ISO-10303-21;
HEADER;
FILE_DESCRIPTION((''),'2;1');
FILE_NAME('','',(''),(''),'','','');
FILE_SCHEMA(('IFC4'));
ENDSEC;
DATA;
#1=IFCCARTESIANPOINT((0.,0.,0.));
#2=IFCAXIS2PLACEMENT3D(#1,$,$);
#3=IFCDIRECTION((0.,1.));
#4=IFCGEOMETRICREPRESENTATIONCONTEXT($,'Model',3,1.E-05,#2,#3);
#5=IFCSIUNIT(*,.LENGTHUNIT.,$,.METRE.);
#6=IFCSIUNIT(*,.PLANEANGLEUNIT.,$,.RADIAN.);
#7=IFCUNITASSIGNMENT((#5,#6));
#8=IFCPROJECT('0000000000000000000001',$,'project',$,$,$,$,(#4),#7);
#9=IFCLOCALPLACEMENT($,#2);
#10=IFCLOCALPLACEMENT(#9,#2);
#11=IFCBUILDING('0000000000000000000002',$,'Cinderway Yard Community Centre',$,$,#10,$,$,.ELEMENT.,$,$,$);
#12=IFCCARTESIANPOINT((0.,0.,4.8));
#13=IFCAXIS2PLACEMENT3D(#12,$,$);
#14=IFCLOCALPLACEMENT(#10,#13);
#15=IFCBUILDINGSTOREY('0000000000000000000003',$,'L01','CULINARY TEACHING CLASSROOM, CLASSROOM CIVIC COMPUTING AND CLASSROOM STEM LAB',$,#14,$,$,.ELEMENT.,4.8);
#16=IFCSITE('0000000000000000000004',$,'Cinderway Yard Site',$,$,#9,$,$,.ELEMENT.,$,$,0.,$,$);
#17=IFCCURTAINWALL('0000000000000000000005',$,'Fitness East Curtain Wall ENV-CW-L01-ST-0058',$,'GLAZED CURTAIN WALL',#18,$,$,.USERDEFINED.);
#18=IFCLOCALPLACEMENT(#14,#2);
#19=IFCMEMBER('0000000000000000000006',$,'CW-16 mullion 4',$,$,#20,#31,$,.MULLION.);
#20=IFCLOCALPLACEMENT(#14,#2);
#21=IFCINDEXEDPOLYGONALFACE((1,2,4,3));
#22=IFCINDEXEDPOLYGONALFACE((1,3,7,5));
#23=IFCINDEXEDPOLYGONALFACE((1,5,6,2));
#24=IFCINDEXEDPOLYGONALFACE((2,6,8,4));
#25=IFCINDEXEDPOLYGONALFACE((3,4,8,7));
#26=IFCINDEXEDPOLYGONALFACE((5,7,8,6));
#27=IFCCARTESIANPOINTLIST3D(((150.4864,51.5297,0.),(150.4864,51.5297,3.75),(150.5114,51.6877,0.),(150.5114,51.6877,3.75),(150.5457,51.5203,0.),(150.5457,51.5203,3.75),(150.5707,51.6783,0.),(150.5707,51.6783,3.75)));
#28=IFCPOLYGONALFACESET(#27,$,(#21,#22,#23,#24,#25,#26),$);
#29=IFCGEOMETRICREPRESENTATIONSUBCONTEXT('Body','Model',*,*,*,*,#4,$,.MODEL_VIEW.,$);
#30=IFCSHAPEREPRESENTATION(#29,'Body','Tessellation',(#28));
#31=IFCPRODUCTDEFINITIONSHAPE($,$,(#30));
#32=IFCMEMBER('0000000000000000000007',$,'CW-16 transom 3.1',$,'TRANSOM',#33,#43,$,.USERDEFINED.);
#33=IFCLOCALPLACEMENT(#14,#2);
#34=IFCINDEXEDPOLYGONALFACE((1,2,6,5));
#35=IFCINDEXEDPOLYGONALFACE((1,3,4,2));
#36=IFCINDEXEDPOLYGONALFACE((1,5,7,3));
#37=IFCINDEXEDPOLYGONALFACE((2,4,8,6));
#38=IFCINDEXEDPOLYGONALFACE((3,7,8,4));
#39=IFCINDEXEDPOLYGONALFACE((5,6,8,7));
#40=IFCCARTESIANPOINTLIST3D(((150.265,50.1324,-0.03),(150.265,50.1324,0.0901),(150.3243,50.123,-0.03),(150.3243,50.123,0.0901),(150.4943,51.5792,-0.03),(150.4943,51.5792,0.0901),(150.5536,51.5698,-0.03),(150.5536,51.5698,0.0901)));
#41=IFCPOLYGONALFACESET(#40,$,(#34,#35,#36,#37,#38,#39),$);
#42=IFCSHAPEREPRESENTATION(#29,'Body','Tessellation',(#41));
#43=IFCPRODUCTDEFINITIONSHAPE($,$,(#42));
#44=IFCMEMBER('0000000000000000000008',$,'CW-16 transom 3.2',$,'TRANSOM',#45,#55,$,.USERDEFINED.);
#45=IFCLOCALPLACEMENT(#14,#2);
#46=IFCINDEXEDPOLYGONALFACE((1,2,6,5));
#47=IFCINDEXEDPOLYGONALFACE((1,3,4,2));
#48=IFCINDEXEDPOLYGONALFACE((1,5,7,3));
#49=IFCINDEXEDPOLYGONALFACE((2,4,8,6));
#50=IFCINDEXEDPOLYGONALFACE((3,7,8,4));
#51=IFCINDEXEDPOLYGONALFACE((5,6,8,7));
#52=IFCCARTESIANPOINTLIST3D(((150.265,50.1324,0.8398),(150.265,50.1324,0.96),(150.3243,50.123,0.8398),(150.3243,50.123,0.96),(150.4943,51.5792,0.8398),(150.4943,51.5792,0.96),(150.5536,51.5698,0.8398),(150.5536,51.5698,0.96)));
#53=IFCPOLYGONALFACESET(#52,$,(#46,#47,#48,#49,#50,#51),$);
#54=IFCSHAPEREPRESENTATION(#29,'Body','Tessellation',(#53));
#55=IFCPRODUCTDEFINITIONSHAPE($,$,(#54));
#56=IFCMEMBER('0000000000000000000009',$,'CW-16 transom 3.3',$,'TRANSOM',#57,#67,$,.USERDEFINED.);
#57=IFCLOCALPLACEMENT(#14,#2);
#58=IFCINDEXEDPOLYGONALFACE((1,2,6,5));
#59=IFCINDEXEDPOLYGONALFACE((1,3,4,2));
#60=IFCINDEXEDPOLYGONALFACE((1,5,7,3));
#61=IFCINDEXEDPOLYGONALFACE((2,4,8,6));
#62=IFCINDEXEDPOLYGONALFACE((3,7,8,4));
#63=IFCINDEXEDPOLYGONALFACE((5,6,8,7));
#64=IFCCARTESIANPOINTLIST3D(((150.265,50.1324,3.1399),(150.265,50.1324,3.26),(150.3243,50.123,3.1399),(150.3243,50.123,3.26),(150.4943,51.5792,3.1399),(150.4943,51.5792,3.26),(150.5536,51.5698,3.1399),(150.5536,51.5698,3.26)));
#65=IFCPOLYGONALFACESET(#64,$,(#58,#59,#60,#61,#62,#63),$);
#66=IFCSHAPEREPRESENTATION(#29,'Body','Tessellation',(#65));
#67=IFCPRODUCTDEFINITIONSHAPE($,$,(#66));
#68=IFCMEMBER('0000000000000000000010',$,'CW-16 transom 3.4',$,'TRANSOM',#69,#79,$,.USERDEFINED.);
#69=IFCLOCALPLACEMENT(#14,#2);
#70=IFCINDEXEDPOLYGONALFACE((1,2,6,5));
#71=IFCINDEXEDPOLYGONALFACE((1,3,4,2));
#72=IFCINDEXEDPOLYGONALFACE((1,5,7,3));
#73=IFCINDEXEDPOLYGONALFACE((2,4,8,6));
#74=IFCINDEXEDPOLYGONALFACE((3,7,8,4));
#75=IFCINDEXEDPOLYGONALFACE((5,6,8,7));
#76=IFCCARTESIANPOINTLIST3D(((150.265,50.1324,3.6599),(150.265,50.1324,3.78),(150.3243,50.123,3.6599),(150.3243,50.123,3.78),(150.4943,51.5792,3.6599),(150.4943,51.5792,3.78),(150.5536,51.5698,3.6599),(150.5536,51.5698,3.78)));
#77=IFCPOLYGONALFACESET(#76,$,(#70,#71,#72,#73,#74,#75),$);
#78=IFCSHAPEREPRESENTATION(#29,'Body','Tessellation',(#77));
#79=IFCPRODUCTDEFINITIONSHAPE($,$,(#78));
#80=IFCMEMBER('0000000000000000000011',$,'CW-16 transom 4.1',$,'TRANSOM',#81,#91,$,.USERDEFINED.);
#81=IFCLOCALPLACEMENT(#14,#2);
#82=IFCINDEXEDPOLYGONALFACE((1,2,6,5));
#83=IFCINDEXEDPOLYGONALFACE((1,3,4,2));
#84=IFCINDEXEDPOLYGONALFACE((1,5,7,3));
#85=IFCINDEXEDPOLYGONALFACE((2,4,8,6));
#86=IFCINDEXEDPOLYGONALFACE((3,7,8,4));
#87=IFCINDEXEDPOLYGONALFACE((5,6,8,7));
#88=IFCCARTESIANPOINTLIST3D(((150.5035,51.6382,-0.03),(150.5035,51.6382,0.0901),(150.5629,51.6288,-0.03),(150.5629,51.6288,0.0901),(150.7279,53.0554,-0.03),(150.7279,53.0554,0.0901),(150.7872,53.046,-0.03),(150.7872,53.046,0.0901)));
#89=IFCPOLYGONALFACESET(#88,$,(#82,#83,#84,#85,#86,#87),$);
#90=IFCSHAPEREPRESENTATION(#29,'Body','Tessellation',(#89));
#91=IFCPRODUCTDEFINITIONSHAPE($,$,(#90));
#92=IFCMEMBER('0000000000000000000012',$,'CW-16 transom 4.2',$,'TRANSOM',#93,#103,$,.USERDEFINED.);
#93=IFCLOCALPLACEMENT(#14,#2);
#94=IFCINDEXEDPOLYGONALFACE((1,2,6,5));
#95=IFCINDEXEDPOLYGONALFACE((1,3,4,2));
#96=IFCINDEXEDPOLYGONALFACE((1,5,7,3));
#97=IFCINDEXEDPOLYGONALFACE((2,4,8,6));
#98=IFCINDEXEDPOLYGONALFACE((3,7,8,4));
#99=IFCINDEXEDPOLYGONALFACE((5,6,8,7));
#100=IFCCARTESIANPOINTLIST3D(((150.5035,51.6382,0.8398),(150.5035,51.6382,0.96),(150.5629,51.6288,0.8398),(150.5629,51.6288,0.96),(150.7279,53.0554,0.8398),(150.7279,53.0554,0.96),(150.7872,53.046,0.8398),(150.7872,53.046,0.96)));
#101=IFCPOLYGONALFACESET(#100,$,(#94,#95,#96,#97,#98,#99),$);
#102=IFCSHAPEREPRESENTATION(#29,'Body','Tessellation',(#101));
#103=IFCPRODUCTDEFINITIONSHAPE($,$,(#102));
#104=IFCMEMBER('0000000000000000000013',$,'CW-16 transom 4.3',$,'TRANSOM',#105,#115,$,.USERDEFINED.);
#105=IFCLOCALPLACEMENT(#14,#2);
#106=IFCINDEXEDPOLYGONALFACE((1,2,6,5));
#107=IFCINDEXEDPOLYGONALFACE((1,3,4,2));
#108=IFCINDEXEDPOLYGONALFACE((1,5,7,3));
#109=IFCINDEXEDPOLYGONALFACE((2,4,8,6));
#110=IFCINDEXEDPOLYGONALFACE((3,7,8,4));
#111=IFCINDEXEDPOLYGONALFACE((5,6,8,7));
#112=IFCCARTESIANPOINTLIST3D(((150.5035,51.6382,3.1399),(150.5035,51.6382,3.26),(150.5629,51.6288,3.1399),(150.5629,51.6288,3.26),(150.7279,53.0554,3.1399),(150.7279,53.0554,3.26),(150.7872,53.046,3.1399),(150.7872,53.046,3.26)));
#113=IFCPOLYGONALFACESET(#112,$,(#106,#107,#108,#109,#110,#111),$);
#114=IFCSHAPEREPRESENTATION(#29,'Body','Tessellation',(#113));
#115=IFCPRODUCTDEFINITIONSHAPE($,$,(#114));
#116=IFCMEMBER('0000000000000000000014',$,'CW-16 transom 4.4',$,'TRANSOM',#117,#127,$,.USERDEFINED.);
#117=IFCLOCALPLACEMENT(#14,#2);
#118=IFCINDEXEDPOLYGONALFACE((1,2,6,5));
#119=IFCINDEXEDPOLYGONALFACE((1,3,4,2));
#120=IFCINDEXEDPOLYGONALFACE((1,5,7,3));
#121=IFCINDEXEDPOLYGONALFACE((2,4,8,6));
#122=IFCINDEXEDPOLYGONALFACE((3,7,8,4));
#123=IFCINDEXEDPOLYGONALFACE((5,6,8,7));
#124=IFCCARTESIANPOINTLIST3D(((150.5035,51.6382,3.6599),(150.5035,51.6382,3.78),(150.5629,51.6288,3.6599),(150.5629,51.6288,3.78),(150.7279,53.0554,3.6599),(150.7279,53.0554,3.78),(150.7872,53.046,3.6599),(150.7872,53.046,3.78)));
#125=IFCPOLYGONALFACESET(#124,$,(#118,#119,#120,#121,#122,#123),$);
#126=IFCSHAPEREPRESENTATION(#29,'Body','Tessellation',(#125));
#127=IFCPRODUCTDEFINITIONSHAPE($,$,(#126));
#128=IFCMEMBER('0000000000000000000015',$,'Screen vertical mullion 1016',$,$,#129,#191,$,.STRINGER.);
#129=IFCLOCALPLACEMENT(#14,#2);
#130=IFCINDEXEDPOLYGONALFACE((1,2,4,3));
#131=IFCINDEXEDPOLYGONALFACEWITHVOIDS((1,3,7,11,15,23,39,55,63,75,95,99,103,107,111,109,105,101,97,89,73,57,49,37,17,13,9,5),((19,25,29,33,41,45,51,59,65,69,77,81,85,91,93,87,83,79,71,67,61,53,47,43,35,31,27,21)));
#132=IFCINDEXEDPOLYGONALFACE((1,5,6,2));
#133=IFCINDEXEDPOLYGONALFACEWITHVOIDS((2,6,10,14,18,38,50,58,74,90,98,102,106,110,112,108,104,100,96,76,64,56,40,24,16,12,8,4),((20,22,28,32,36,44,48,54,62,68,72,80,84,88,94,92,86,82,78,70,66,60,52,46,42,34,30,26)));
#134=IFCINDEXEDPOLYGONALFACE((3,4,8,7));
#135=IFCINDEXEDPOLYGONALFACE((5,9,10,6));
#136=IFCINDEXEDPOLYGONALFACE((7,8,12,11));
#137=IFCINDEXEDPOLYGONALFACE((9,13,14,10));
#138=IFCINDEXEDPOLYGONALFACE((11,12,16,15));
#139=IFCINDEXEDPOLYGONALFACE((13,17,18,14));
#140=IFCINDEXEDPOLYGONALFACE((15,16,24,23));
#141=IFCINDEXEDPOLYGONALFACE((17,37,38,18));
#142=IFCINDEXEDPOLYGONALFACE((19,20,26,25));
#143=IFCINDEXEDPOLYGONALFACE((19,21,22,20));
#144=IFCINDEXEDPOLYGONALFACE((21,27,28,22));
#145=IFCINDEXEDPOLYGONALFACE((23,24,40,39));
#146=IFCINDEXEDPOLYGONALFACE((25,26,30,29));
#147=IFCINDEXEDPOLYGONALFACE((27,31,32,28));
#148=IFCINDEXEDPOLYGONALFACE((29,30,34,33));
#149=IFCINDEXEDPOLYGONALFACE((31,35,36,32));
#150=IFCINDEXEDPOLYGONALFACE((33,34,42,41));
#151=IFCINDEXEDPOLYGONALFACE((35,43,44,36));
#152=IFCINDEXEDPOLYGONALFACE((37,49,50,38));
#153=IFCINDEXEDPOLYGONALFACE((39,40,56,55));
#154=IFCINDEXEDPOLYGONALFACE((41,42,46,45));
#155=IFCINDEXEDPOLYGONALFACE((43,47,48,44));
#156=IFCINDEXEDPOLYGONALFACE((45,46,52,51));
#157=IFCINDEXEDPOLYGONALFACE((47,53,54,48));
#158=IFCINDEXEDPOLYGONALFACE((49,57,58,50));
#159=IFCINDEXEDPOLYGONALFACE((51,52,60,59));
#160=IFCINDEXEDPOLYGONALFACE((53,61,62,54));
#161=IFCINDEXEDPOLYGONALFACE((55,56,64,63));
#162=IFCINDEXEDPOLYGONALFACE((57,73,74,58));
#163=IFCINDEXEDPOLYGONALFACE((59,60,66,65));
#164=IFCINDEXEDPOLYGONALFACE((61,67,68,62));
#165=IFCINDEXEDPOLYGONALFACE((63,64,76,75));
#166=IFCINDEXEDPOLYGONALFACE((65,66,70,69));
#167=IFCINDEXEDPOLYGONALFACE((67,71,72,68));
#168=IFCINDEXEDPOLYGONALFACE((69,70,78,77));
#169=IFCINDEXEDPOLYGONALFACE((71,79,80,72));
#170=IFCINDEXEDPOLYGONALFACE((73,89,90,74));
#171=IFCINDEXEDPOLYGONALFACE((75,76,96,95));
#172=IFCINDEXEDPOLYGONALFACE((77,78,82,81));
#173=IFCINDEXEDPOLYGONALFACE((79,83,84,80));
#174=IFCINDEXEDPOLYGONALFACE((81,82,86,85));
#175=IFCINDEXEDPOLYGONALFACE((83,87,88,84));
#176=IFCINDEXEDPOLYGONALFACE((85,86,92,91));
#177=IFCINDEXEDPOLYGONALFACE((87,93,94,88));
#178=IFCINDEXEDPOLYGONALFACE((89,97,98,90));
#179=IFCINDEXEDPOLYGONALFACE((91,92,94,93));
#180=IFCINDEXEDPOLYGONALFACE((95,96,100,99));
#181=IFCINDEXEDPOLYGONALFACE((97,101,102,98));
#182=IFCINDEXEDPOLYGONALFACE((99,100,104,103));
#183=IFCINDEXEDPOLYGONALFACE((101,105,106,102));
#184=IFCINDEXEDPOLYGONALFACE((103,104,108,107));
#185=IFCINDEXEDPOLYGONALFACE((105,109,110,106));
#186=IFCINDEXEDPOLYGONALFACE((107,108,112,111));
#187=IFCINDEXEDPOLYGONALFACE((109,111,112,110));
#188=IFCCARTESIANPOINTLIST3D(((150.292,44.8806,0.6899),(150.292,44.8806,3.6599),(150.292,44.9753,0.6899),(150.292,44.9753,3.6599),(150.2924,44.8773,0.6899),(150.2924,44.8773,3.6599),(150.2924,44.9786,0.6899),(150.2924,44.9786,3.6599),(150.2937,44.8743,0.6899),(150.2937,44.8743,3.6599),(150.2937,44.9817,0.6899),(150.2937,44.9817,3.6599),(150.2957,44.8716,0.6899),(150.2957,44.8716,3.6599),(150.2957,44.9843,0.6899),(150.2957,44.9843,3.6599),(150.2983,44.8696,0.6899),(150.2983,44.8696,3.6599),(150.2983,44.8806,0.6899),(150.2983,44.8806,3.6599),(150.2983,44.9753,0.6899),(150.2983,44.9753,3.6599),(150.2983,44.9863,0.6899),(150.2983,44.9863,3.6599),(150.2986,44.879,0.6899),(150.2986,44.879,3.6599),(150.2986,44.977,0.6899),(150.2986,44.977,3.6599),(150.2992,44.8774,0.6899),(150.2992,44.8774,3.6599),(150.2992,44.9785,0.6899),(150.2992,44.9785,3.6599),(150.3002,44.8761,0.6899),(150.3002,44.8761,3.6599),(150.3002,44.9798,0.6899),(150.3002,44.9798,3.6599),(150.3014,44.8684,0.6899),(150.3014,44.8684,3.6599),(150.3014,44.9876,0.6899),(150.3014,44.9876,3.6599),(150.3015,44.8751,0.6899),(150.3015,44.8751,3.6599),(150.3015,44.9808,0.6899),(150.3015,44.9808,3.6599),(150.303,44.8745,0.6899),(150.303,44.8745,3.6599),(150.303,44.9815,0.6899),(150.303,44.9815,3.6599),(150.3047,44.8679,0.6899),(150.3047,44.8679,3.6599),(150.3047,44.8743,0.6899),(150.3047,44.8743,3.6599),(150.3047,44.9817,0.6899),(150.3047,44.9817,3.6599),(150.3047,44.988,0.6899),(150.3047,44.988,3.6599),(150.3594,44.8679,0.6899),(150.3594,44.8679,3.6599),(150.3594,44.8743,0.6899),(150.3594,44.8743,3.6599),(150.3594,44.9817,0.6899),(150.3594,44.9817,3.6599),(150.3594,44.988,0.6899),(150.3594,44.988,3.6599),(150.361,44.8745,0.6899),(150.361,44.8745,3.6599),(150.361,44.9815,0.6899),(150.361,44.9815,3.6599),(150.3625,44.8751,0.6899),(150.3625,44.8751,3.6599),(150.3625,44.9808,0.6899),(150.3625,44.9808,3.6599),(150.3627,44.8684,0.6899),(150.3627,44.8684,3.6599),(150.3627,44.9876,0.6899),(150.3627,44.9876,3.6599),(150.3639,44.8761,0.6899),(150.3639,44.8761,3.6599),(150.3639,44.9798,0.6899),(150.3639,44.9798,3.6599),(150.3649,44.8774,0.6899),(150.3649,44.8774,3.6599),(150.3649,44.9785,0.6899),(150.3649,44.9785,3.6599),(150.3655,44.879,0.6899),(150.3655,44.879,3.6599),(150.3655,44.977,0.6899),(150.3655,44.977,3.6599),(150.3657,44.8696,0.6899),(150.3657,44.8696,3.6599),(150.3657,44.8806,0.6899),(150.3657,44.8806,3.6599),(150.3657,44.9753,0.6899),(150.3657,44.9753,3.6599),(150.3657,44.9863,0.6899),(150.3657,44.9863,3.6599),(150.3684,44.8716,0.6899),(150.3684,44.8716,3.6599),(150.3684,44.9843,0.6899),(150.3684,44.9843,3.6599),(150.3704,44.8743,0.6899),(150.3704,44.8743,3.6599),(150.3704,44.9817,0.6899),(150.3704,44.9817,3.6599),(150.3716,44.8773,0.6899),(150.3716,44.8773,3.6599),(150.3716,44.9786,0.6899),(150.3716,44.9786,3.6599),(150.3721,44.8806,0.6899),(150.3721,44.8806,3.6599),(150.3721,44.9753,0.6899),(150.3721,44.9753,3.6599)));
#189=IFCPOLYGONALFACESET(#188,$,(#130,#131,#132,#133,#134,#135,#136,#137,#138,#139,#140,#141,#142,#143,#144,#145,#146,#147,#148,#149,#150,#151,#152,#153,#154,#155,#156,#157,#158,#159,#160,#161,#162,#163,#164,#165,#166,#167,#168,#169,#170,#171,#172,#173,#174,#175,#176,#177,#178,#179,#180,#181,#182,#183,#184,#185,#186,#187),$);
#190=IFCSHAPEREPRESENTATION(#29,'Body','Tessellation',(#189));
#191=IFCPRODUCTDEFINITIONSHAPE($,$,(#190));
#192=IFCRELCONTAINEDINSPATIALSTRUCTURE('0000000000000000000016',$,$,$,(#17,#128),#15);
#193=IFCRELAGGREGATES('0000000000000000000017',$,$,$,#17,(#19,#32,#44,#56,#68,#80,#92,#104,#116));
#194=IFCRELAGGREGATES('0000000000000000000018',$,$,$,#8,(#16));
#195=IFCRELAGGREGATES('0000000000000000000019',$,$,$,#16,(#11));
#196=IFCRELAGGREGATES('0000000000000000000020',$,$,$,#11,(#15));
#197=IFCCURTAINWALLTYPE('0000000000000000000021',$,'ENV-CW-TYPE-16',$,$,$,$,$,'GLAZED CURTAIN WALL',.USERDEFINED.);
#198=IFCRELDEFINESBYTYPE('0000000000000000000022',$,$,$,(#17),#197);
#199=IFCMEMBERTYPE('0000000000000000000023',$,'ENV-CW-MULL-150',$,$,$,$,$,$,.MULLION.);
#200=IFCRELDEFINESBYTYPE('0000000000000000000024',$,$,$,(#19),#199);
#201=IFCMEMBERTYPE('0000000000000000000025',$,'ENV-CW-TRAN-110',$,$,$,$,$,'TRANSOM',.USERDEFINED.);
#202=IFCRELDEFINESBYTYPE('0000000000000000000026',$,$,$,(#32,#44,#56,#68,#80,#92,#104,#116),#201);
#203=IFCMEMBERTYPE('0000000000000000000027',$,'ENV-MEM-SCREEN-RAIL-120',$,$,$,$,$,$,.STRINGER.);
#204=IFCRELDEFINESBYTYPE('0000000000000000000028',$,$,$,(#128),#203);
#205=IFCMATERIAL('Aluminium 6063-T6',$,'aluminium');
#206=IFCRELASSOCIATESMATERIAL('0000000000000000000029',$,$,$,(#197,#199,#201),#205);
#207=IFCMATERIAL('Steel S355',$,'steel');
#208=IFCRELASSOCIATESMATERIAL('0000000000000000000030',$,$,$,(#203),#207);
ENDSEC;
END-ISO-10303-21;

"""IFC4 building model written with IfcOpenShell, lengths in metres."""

from ifc_helpers import new_model, si_unit, direction, frame, origin, origin_2d, place, context, subcontext, project, spatial, rectangle, hollow_rectangle, extrude, material, material_profile, profile_set, type_object, element, aggregate, save


model = new_model("IFC4")

# Units and contexts
model_context = context("Model", 3, precision=1e-05, world=origin(), true_north=direction((0.0, 1.0)))
body_context = subcontext(model_context, "Body", "Model", "MODEL_VIEW")
ifc_project = project(units=[si_unit("LENGTHUNIT", "METRE"), si_unit("PLANEANGLEUNIT", "RADIAN")], contexts=[model_context])

# Site, building, storey
site_placement = place(None, origin())
site = spatial("IfcSite", under=ifc_project, at=site_placement, Name="Cinderway Yard Site", CompositionType="ELEMENT", RefElevation=0.0)
building_placement = place(site_placement, origin())
building = spatial("IfcBuilding", under=site, at=building_placement, Name="Cinderway Yard Community Centre", CompositionType="ELEMENT")
storey_placement = place(building_placement, frame((0.0, 0.0, 4.8)))
storey = spatial("IfcBuildingStorey", under=building, at=storey_placement, Name="L01", Description="CULINARY TEACHING CLASSROOM, CLASSROOM CIVIC COMPUTING AND CLASSROOM STEM LAB", CompositionType="ELEMENT", Elevation=4.8)

# Curtain wall, members
ifc_material_1 = material(Name="Aluminium 6063-T6", Category="aluminium")
curtain_wall_type = type_object("IfcCurtainWallType", Name="ENV-CW-TYPE-16", ElementType="GLAZED CURTAIN WALL", PredefinedType="USERDEFINED", material=ifc_material_1)
curtain_wall_placement = place(storey_placement, origin())
curtain_wall = element("IfcCurtainWall", 1, at=curtain_wall_placement, inside=storey, type_object=curtain_wall_type, Name="Fitness East Curtain Wall ENV-CW-L01-ST-0058", ObjectType="GLAZED CURTAIN WALL", PredefinedType="USERDEFINED")
ifc_material_profile_1 = material_profile(ifc_material_1, rectangle(XDim=0.0601, YDim=0.1599, at=origin_2d()), Name="Aluminium 6063-T6")
ifc_profile_set_1 = profile_set([ifc_material_profile_1], Name="Aluminium 6063-T6")
member_type_1 = type_object("IfcMemberType", Name="ENV-CW-MULL-150", PredefinedType="MULLION", material=ifc_profile_set_1)
member_1_placement = place(storey_placement, frame((150.5286, 51.604, 0.0), z_axis=(0.0, 0.0, 1.0), x_axis=(-0.987691, 0.156417, 0.0)))
member_1 = element("IfcMember", 2, at=member_1_placement, type_object=member_type_1, Name="CW-16 mullion 4", PredefinedType="MULLION", context=body_context, shape_type="SweptSolid", body=[
    extrude(rectangle(XDim=0.0601, YDim=0.1599, at=origin_2d()), origin(), (0.0, 0.0, 1.0), 3.75),
])
ifc_material_profile_2 = material_profile(ifc_material_1, rectangle(XDim=0.0601, YDim=0.1201, at=origin_2d()), Name="Aluminium 6063-T6")
ifc_profile_set_2 = profile_set([ifc_material_profile_2], Name="Aluminium 6063-T6")
member_type_2 = type_object("IfcMemberType", Name="ENV-CW-TRAN-110", ElementType="TRANSOM", PredefinedType="USERDEFINED", material=ifc_profile_set_2)
member_2_placement = place(storey_placement, frame((150.2947, 50.1277, 0.03), z_axis=(0.156502, 0.987678, 0.0), x_axis=(-0.987678, 0.156502, 0.0)))
member_2 = element("IfcMember", 3, at=member_2_placement, type_object=member_type_2, Name="CW-16 transom 3.1", ObjectType="TRANSOM", PredefinedType="USERDEFINED", context=body_context, shape_type="SweptSolid", body=[
    extrude(rectangle(XDim=0.0601, YDim=0.1201, at=origin_2d()), origin(), (0.0, 0.0, 1.0), 1.4648),
])
member_3_placement = place(storey_placement, frame((150.2947, 50.1277, 0.8999), z_axis=(0.156502, 0.987678, 0.0), x_axis=(-0.987678, 0.156502, 0.0)))
member_3 = element("IfcMember", 4, at=member_3_placement, type_object=member_type_2, Name="CW-16 transom 3.2", ObjectType="TRANSOM", PredefinedType="USERDEFINED", context=body_context, shape_type="SweptSolid", body=[
    extrude(rectangle(XDim=0.0601, YDim=0.1201, at=origin_2d()), origin(), (0.0, 0.0, 1.0), 1.4648),
])
member_4_placement = place(storey_placement, frame((150.2947, 50.1277, 3.2), z_axis=(0.156502, 0.987678, 0.0), x_axis=(-0.987678, 0.156502, 0.0)))
member_4 = element("IfcMember", 5, at=member_4_placement, type_object=member_type_2, Name="CW-16 transom 3.3", ObjectType="TRANSOM", PredefinedType="USERDEFINED", context=body_context, shape_type="SweptSolid", body=[
    extrude(rectangle(XDim=0.0601, YDim=0.1201, at=origin_2d()), origin(), (0.0, 0.0, 1.0), 1.4648),
])
member_5_placement = place(storey_placement, frame((150.2947, 50.1277, 3.72), z_axis=(0.156502, 0.987678, 0.0), x_axis=(-0.987678, 0.156502, 0.0)))
member_5 = element("IfcMember", 6, at=member_5_placement, type_object=member_type_2, Name="CW-16 transom 3.4", ObjectType="TRANSOM", PredefinedType="USERDEFINED", context=body_context, shape_type="SweptSolid", body=[
    extrude(rectangle(XDim=0.0601, YDim=0.1201, at=origin_2d()), origin(), (0.0, 0.0, 1.0), 1.4648),
])
member_6_placement = place(storey_placement, frame((150.5332, 51.6335, 0.03), z_axis=(0.156364, 0.987699, 0.0), x_axis=(-0.987699, 0.156364, 0.0)))
member_6 = element("IfcMember", 7, at=member_6_placement, type_object=member_type_2, Name="CW-16 transom 4.1", ObjectType="TRANSOM", PredefinedType="USERDEFINED", context=body_context, shape_type="SweptSolid", body=[
    extrude(rectangle(XDim=0.0601, YDim=0.1201, at=origin_2d()), origin(), (0.0, 0.0, 1.0), 1.4348),
])
member_7_placement = place(storey_placement, frame((150.5332, 51.6335, 0.8999), z_axis=(0.156364, 0.987699, 0.0), x_axis=(-0.987699, 0.156364, 0.0)))
member_7 = element("IfcMember", 8, at=member_7_placement, type_object=member_type_2, Name="CW-16 transom 4.2", ObjectType="TRANSOM", PredefinedType="USERDEFINED", context=body_context, shape_type="SweptSolid", body=[
    extrude(rectangle(XDim=0.0601, YDim=0.1201, at=origin_2d()), origin(), (0.0, 0.0, 1.0), 1.4348),
])
member_8_placement = place(storey_placement, frame((150.5332, 51.6335, 3.2), z_axis=(0.156364, 0.987699, 0.0), x_axis=(-0.987699, 0.156364, 0.0)))
member_8 = element("IfcMember", 9, at=member_8_placement, type_object=member_type_2, Name="CW-16 transom 4.3", ObjectType="TRANSOM", PredefinedType="USERDEFINED", context=body_context, shape_type="SweptSolid", body=[
    extrude(rectangle(XDim=0.0601, YDim=0.1201, at=origin_2d()), origin(), (0.0, 0.0, 1.0), 1.4348),
])
member_9_placement = place(storey_placement, frame((150.5332, 51.6335, 3.72), z_axis=(0.156364, 0.987699, 0.0), x_axis=(-0.987699, 0.156364, 0.0)))
member_9 = element("IfcMember", 10, at=member_9_placement, type_object=member_type_2, Name="CW-16 transom 4.4", ObjectType="TRANSOM", PredefinedType="USERDEFINED", context=body_context, shape_type="SweptSolid", body=[
    extrude(rectangle(XDim=0.0601, YDim=0.1201, at=origin_2d()), origin(), (0.0, 0.0, 1.0), 1.4348),
])

# Member
ifc_material_2 = material(Name="Steel S355", Category="steel")
ifc_material_profile_3 = material_profile(ifc_material_2, hollow_rectangle(XDim=0.0801, YDim=0.1201, WallThickness=0.0063, InnerFilletRadius=0.0063, OuterFilletRadius=0.0127, at=origin_2d()), Name="Steel S355")
ifc_profile_set_3 = profile_set([ifc_material_profile_3], Name="Steel S355")
member_type_3 = type_object("IfcMemberType", Name="ENV-MEM-SCREEN-RAIL-120", PredefinedType="STRINGER", material=ifc_profile_set_3)
for number, where, z_axis, x_axis, name in (
    (11, (150.332, 44.928, 0.6899), (0.0, 0.0, 1.0), (1.0, 0.0, 0.0), "Screen vertical mullion 1016"),
):
    element("IfcMember", number, at=place(storey_placement, frame(where, z_axis=z_axis, x_axis=x_axis)), inside=storey, type_object=member_type_3, Name=name, PredefinedType="STRINGER", context=body_context, shape_type="SweptSolid", body=[
        extrude(hollow_rectangle(XDim=0.0801, YDim=0.1201, WallThickness=0.0063, InnerFilletRadius=0.0063, OuterFilletRadius=0.0127, at=origin_2d()), origin(), (0.0, 0.0, 1.0), 2.97),
    ])

aggregate(curtain_wall, [member_1, member_2, member_3, member_4, member_5, member_6, member_7, member_8, member_9])

save(model, "model.ifc")
